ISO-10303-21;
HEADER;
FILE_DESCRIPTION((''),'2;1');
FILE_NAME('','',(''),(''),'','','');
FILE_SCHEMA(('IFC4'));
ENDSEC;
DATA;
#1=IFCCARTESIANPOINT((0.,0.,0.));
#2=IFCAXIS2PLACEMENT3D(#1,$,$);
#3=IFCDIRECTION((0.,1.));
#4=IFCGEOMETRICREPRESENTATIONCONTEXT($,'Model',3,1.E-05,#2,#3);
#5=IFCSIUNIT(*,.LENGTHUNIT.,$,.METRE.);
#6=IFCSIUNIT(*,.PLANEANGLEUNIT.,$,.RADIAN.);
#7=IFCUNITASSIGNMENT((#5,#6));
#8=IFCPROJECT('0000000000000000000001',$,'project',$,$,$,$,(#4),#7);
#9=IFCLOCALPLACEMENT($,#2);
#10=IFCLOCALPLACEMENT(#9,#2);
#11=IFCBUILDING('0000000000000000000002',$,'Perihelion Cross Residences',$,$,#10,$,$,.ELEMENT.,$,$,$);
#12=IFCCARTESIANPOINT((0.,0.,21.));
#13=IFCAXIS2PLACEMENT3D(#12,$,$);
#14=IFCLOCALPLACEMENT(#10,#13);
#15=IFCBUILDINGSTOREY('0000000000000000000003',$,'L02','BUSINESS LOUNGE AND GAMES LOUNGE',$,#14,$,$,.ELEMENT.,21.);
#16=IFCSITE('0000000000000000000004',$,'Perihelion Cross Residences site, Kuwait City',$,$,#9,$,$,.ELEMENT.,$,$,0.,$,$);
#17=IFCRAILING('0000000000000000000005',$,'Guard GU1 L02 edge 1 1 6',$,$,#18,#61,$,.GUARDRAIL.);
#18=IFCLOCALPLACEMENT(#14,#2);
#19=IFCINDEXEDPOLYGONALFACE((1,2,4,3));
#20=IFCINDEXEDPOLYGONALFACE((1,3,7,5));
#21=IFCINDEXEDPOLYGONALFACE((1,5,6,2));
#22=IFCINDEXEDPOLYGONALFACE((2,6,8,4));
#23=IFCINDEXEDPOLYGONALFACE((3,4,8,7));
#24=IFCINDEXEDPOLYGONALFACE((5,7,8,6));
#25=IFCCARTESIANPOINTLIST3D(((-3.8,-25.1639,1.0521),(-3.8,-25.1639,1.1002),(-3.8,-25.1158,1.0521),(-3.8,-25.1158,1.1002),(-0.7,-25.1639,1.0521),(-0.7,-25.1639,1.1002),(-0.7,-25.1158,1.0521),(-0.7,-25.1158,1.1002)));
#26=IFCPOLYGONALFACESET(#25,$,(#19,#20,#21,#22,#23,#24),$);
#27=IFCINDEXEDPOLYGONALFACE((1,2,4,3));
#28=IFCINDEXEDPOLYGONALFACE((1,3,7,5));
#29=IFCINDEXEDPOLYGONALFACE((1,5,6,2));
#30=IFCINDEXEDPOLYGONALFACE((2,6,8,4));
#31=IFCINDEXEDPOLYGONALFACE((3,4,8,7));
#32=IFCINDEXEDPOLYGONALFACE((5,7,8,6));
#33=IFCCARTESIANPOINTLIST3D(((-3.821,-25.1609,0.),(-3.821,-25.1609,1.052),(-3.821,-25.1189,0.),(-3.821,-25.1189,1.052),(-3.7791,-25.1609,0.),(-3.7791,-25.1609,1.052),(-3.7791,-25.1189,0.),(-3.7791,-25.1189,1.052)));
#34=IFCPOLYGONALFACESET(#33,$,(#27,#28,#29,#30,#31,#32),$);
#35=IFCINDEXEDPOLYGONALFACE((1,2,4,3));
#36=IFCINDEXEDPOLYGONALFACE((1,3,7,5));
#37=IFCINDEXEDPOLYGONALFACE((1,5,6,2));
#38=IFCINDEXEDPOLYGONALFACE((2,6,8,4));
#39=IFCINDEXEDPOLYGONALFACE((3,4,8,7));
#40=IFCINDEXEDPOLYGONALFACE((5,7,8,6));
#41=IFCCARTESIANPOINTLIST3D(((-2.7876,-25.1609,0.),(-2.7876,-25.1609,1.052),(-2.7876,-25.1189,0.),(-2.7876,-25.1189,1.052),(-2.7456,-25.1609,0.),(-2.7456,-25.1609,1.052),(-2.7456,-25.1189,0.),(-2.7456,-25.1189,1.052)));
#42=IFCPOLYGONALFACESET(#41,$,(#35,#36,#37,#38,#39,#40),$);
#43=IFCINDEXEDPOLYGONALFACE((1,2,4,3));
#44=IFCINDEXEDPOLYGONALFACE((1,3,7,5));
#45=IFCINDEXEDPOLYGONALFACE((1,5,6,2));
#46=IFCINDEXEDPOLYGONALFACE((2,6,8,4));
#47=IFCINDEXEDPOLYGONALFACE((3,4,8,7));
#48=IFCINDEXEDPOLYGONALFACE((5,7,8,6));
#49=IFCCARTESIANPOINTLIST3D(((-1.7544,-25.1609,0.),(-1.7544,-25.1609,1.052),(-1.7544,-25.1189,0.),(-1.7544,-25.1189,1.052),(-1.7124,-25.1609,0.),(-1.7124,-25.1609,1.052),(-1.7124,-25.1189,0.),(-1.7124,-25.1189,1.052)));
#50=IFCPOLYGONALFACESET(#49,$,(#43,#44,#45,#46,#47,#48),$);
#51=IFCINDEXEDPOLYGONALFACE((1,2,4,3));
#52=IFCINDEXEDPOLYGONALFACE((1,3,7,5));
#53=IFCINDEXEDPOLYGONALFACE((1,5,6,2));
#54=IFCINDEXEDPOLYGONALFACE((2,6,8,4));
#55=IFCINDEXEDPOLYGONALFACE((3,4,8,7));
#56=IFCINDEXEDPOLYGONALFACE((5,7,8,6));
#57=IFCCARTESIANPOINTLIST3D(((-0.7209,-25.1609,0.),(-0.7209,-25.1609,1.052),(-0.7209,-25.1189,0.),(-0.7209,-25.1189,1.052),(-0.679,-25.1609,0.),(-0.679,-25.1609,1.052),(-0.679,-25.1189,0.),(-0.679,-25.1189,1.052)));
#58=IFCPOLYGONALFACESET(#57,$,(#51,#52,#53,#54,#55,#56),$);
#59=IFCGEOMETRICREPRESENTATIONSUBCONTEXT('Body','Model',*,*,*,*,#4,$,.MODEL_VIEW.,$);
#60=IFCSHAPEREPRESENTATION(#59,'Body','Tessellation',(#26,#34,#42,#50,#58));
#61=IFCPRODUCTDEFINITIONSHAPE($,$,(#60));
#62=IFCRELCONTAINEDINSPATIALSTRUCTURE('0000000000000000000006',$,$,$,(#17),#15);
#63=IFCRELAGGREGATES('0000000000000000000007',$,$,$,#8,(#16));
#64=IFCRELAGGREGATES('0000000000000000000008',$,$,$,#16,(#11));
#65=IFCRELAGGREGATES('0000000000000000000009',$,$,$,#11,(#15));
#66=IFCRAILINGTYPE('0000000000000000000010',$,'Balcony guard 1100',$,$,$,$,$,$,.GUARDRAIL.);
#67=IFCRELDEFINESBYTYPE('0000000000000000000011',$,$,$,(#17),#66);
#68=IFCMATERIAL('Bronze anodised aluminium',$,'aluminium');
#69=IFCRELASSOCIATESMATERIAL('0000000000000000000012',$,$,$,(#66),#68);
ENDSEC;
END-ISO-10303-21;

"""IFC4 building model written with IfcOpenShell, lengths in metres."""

from ifc_helpers import new_model, si_unit, direction, frame, origin, origin_2d, place, context, subcontext, project, spatial, rectangle, extrude, material, type_object, element, save


model = new_model("IFC4")

# Units and contexts
model_context = context("Model", 3, precision=1e-05, world=origin(), true_north=direction((0.0, 1.0)))
body_context = subcontext(model_context, "Body", "Model", "MODEL_VIEW")
ifc_project = project(units=[si_unit("LENGTHUNIT", "METRE"), si_unit("PLANEANGLEUNIT", "RADIAN")], contexts=[model_context])

# Site, building, storey
site_placement = place(None, origin())
site = spatial("IfcSite", under=ifc_project, at=site_placement, Name="Perihelion Cross Residences site, Kuwait City", CompositionType="ELEMENT", RefElevation=0.0)
building_placement = place(site_placement, origin())
building = spatial("IfcBuilding", under=site, at=building_placement, Name="Perihelion Cross Residences", CompositionType="ELEMENT")
storey_placement = place(building_placement, frame((0.0, 0.0, 21.0)))
storey = spatial("IfcBuildingStorey", under=building, at=storey_placement, Name="L02", Description="BUSINESS LOUNGE AND GAMES LOUNGE", CompositionType="ELEMENT", Elevation=21.0)

# Railing
ifc_material_1 = material(Name="Bronze anodised aluminium", Category="aluminium")
railing_type = type_object("IfcRailingType", Name="Balcony guard 1100", PredefinedType="GUARDRAIL", material=ifc_material_1)
railing_1_placement = place(storey_placement, frame((-3.8, -25.1399, 0.0)))
element("IfcRailing", 1, at=railing_1_placement, inside=storey, type_object=railing_type, Name="Guard GU1 L02 edge 1 1 6", PredefinedType="GUARDRAIL", context=body_context, shape_type="SweptSolid", body=[
    extrude(rectangle(XDim=0.0481, YDim=0.0481, at=origin_2d()), frame((0.0, 0.0, 1.0762), z_axis=(1.0, 0.0, 0.0), x_axis=(0.0, 1.0, 0.0)), (0.0, 0.0, 1.0), 3.1001),
    extrude(rectangle(XDim=0.042, YDim=0.042, at=origin_2d()), origin(), (0.0, 0.0, 1.0), 1.052),
    extrude(rectangle(XDim=0.042, YDim=0.042, at=origin_2d()), frame((1.0334, 0.0, 0.0)), (0.0, 0.0, 1.0), 1.052),
    extrude(rectangle(XDim=0.042, YDim=0.042, at=origin_2d()), frame((2.0667, 0.0, 0.0)), (0.0, 0.0, 1.0), 1.052),
    extrude(rectangle(XDim=0.042, YDim=0.042, at=origin_2d()), frame((3.1001, 0.0, 0.0)), (0.0, 0.0, 1.0), 1.052),
])

save(model, "model.ifc")
